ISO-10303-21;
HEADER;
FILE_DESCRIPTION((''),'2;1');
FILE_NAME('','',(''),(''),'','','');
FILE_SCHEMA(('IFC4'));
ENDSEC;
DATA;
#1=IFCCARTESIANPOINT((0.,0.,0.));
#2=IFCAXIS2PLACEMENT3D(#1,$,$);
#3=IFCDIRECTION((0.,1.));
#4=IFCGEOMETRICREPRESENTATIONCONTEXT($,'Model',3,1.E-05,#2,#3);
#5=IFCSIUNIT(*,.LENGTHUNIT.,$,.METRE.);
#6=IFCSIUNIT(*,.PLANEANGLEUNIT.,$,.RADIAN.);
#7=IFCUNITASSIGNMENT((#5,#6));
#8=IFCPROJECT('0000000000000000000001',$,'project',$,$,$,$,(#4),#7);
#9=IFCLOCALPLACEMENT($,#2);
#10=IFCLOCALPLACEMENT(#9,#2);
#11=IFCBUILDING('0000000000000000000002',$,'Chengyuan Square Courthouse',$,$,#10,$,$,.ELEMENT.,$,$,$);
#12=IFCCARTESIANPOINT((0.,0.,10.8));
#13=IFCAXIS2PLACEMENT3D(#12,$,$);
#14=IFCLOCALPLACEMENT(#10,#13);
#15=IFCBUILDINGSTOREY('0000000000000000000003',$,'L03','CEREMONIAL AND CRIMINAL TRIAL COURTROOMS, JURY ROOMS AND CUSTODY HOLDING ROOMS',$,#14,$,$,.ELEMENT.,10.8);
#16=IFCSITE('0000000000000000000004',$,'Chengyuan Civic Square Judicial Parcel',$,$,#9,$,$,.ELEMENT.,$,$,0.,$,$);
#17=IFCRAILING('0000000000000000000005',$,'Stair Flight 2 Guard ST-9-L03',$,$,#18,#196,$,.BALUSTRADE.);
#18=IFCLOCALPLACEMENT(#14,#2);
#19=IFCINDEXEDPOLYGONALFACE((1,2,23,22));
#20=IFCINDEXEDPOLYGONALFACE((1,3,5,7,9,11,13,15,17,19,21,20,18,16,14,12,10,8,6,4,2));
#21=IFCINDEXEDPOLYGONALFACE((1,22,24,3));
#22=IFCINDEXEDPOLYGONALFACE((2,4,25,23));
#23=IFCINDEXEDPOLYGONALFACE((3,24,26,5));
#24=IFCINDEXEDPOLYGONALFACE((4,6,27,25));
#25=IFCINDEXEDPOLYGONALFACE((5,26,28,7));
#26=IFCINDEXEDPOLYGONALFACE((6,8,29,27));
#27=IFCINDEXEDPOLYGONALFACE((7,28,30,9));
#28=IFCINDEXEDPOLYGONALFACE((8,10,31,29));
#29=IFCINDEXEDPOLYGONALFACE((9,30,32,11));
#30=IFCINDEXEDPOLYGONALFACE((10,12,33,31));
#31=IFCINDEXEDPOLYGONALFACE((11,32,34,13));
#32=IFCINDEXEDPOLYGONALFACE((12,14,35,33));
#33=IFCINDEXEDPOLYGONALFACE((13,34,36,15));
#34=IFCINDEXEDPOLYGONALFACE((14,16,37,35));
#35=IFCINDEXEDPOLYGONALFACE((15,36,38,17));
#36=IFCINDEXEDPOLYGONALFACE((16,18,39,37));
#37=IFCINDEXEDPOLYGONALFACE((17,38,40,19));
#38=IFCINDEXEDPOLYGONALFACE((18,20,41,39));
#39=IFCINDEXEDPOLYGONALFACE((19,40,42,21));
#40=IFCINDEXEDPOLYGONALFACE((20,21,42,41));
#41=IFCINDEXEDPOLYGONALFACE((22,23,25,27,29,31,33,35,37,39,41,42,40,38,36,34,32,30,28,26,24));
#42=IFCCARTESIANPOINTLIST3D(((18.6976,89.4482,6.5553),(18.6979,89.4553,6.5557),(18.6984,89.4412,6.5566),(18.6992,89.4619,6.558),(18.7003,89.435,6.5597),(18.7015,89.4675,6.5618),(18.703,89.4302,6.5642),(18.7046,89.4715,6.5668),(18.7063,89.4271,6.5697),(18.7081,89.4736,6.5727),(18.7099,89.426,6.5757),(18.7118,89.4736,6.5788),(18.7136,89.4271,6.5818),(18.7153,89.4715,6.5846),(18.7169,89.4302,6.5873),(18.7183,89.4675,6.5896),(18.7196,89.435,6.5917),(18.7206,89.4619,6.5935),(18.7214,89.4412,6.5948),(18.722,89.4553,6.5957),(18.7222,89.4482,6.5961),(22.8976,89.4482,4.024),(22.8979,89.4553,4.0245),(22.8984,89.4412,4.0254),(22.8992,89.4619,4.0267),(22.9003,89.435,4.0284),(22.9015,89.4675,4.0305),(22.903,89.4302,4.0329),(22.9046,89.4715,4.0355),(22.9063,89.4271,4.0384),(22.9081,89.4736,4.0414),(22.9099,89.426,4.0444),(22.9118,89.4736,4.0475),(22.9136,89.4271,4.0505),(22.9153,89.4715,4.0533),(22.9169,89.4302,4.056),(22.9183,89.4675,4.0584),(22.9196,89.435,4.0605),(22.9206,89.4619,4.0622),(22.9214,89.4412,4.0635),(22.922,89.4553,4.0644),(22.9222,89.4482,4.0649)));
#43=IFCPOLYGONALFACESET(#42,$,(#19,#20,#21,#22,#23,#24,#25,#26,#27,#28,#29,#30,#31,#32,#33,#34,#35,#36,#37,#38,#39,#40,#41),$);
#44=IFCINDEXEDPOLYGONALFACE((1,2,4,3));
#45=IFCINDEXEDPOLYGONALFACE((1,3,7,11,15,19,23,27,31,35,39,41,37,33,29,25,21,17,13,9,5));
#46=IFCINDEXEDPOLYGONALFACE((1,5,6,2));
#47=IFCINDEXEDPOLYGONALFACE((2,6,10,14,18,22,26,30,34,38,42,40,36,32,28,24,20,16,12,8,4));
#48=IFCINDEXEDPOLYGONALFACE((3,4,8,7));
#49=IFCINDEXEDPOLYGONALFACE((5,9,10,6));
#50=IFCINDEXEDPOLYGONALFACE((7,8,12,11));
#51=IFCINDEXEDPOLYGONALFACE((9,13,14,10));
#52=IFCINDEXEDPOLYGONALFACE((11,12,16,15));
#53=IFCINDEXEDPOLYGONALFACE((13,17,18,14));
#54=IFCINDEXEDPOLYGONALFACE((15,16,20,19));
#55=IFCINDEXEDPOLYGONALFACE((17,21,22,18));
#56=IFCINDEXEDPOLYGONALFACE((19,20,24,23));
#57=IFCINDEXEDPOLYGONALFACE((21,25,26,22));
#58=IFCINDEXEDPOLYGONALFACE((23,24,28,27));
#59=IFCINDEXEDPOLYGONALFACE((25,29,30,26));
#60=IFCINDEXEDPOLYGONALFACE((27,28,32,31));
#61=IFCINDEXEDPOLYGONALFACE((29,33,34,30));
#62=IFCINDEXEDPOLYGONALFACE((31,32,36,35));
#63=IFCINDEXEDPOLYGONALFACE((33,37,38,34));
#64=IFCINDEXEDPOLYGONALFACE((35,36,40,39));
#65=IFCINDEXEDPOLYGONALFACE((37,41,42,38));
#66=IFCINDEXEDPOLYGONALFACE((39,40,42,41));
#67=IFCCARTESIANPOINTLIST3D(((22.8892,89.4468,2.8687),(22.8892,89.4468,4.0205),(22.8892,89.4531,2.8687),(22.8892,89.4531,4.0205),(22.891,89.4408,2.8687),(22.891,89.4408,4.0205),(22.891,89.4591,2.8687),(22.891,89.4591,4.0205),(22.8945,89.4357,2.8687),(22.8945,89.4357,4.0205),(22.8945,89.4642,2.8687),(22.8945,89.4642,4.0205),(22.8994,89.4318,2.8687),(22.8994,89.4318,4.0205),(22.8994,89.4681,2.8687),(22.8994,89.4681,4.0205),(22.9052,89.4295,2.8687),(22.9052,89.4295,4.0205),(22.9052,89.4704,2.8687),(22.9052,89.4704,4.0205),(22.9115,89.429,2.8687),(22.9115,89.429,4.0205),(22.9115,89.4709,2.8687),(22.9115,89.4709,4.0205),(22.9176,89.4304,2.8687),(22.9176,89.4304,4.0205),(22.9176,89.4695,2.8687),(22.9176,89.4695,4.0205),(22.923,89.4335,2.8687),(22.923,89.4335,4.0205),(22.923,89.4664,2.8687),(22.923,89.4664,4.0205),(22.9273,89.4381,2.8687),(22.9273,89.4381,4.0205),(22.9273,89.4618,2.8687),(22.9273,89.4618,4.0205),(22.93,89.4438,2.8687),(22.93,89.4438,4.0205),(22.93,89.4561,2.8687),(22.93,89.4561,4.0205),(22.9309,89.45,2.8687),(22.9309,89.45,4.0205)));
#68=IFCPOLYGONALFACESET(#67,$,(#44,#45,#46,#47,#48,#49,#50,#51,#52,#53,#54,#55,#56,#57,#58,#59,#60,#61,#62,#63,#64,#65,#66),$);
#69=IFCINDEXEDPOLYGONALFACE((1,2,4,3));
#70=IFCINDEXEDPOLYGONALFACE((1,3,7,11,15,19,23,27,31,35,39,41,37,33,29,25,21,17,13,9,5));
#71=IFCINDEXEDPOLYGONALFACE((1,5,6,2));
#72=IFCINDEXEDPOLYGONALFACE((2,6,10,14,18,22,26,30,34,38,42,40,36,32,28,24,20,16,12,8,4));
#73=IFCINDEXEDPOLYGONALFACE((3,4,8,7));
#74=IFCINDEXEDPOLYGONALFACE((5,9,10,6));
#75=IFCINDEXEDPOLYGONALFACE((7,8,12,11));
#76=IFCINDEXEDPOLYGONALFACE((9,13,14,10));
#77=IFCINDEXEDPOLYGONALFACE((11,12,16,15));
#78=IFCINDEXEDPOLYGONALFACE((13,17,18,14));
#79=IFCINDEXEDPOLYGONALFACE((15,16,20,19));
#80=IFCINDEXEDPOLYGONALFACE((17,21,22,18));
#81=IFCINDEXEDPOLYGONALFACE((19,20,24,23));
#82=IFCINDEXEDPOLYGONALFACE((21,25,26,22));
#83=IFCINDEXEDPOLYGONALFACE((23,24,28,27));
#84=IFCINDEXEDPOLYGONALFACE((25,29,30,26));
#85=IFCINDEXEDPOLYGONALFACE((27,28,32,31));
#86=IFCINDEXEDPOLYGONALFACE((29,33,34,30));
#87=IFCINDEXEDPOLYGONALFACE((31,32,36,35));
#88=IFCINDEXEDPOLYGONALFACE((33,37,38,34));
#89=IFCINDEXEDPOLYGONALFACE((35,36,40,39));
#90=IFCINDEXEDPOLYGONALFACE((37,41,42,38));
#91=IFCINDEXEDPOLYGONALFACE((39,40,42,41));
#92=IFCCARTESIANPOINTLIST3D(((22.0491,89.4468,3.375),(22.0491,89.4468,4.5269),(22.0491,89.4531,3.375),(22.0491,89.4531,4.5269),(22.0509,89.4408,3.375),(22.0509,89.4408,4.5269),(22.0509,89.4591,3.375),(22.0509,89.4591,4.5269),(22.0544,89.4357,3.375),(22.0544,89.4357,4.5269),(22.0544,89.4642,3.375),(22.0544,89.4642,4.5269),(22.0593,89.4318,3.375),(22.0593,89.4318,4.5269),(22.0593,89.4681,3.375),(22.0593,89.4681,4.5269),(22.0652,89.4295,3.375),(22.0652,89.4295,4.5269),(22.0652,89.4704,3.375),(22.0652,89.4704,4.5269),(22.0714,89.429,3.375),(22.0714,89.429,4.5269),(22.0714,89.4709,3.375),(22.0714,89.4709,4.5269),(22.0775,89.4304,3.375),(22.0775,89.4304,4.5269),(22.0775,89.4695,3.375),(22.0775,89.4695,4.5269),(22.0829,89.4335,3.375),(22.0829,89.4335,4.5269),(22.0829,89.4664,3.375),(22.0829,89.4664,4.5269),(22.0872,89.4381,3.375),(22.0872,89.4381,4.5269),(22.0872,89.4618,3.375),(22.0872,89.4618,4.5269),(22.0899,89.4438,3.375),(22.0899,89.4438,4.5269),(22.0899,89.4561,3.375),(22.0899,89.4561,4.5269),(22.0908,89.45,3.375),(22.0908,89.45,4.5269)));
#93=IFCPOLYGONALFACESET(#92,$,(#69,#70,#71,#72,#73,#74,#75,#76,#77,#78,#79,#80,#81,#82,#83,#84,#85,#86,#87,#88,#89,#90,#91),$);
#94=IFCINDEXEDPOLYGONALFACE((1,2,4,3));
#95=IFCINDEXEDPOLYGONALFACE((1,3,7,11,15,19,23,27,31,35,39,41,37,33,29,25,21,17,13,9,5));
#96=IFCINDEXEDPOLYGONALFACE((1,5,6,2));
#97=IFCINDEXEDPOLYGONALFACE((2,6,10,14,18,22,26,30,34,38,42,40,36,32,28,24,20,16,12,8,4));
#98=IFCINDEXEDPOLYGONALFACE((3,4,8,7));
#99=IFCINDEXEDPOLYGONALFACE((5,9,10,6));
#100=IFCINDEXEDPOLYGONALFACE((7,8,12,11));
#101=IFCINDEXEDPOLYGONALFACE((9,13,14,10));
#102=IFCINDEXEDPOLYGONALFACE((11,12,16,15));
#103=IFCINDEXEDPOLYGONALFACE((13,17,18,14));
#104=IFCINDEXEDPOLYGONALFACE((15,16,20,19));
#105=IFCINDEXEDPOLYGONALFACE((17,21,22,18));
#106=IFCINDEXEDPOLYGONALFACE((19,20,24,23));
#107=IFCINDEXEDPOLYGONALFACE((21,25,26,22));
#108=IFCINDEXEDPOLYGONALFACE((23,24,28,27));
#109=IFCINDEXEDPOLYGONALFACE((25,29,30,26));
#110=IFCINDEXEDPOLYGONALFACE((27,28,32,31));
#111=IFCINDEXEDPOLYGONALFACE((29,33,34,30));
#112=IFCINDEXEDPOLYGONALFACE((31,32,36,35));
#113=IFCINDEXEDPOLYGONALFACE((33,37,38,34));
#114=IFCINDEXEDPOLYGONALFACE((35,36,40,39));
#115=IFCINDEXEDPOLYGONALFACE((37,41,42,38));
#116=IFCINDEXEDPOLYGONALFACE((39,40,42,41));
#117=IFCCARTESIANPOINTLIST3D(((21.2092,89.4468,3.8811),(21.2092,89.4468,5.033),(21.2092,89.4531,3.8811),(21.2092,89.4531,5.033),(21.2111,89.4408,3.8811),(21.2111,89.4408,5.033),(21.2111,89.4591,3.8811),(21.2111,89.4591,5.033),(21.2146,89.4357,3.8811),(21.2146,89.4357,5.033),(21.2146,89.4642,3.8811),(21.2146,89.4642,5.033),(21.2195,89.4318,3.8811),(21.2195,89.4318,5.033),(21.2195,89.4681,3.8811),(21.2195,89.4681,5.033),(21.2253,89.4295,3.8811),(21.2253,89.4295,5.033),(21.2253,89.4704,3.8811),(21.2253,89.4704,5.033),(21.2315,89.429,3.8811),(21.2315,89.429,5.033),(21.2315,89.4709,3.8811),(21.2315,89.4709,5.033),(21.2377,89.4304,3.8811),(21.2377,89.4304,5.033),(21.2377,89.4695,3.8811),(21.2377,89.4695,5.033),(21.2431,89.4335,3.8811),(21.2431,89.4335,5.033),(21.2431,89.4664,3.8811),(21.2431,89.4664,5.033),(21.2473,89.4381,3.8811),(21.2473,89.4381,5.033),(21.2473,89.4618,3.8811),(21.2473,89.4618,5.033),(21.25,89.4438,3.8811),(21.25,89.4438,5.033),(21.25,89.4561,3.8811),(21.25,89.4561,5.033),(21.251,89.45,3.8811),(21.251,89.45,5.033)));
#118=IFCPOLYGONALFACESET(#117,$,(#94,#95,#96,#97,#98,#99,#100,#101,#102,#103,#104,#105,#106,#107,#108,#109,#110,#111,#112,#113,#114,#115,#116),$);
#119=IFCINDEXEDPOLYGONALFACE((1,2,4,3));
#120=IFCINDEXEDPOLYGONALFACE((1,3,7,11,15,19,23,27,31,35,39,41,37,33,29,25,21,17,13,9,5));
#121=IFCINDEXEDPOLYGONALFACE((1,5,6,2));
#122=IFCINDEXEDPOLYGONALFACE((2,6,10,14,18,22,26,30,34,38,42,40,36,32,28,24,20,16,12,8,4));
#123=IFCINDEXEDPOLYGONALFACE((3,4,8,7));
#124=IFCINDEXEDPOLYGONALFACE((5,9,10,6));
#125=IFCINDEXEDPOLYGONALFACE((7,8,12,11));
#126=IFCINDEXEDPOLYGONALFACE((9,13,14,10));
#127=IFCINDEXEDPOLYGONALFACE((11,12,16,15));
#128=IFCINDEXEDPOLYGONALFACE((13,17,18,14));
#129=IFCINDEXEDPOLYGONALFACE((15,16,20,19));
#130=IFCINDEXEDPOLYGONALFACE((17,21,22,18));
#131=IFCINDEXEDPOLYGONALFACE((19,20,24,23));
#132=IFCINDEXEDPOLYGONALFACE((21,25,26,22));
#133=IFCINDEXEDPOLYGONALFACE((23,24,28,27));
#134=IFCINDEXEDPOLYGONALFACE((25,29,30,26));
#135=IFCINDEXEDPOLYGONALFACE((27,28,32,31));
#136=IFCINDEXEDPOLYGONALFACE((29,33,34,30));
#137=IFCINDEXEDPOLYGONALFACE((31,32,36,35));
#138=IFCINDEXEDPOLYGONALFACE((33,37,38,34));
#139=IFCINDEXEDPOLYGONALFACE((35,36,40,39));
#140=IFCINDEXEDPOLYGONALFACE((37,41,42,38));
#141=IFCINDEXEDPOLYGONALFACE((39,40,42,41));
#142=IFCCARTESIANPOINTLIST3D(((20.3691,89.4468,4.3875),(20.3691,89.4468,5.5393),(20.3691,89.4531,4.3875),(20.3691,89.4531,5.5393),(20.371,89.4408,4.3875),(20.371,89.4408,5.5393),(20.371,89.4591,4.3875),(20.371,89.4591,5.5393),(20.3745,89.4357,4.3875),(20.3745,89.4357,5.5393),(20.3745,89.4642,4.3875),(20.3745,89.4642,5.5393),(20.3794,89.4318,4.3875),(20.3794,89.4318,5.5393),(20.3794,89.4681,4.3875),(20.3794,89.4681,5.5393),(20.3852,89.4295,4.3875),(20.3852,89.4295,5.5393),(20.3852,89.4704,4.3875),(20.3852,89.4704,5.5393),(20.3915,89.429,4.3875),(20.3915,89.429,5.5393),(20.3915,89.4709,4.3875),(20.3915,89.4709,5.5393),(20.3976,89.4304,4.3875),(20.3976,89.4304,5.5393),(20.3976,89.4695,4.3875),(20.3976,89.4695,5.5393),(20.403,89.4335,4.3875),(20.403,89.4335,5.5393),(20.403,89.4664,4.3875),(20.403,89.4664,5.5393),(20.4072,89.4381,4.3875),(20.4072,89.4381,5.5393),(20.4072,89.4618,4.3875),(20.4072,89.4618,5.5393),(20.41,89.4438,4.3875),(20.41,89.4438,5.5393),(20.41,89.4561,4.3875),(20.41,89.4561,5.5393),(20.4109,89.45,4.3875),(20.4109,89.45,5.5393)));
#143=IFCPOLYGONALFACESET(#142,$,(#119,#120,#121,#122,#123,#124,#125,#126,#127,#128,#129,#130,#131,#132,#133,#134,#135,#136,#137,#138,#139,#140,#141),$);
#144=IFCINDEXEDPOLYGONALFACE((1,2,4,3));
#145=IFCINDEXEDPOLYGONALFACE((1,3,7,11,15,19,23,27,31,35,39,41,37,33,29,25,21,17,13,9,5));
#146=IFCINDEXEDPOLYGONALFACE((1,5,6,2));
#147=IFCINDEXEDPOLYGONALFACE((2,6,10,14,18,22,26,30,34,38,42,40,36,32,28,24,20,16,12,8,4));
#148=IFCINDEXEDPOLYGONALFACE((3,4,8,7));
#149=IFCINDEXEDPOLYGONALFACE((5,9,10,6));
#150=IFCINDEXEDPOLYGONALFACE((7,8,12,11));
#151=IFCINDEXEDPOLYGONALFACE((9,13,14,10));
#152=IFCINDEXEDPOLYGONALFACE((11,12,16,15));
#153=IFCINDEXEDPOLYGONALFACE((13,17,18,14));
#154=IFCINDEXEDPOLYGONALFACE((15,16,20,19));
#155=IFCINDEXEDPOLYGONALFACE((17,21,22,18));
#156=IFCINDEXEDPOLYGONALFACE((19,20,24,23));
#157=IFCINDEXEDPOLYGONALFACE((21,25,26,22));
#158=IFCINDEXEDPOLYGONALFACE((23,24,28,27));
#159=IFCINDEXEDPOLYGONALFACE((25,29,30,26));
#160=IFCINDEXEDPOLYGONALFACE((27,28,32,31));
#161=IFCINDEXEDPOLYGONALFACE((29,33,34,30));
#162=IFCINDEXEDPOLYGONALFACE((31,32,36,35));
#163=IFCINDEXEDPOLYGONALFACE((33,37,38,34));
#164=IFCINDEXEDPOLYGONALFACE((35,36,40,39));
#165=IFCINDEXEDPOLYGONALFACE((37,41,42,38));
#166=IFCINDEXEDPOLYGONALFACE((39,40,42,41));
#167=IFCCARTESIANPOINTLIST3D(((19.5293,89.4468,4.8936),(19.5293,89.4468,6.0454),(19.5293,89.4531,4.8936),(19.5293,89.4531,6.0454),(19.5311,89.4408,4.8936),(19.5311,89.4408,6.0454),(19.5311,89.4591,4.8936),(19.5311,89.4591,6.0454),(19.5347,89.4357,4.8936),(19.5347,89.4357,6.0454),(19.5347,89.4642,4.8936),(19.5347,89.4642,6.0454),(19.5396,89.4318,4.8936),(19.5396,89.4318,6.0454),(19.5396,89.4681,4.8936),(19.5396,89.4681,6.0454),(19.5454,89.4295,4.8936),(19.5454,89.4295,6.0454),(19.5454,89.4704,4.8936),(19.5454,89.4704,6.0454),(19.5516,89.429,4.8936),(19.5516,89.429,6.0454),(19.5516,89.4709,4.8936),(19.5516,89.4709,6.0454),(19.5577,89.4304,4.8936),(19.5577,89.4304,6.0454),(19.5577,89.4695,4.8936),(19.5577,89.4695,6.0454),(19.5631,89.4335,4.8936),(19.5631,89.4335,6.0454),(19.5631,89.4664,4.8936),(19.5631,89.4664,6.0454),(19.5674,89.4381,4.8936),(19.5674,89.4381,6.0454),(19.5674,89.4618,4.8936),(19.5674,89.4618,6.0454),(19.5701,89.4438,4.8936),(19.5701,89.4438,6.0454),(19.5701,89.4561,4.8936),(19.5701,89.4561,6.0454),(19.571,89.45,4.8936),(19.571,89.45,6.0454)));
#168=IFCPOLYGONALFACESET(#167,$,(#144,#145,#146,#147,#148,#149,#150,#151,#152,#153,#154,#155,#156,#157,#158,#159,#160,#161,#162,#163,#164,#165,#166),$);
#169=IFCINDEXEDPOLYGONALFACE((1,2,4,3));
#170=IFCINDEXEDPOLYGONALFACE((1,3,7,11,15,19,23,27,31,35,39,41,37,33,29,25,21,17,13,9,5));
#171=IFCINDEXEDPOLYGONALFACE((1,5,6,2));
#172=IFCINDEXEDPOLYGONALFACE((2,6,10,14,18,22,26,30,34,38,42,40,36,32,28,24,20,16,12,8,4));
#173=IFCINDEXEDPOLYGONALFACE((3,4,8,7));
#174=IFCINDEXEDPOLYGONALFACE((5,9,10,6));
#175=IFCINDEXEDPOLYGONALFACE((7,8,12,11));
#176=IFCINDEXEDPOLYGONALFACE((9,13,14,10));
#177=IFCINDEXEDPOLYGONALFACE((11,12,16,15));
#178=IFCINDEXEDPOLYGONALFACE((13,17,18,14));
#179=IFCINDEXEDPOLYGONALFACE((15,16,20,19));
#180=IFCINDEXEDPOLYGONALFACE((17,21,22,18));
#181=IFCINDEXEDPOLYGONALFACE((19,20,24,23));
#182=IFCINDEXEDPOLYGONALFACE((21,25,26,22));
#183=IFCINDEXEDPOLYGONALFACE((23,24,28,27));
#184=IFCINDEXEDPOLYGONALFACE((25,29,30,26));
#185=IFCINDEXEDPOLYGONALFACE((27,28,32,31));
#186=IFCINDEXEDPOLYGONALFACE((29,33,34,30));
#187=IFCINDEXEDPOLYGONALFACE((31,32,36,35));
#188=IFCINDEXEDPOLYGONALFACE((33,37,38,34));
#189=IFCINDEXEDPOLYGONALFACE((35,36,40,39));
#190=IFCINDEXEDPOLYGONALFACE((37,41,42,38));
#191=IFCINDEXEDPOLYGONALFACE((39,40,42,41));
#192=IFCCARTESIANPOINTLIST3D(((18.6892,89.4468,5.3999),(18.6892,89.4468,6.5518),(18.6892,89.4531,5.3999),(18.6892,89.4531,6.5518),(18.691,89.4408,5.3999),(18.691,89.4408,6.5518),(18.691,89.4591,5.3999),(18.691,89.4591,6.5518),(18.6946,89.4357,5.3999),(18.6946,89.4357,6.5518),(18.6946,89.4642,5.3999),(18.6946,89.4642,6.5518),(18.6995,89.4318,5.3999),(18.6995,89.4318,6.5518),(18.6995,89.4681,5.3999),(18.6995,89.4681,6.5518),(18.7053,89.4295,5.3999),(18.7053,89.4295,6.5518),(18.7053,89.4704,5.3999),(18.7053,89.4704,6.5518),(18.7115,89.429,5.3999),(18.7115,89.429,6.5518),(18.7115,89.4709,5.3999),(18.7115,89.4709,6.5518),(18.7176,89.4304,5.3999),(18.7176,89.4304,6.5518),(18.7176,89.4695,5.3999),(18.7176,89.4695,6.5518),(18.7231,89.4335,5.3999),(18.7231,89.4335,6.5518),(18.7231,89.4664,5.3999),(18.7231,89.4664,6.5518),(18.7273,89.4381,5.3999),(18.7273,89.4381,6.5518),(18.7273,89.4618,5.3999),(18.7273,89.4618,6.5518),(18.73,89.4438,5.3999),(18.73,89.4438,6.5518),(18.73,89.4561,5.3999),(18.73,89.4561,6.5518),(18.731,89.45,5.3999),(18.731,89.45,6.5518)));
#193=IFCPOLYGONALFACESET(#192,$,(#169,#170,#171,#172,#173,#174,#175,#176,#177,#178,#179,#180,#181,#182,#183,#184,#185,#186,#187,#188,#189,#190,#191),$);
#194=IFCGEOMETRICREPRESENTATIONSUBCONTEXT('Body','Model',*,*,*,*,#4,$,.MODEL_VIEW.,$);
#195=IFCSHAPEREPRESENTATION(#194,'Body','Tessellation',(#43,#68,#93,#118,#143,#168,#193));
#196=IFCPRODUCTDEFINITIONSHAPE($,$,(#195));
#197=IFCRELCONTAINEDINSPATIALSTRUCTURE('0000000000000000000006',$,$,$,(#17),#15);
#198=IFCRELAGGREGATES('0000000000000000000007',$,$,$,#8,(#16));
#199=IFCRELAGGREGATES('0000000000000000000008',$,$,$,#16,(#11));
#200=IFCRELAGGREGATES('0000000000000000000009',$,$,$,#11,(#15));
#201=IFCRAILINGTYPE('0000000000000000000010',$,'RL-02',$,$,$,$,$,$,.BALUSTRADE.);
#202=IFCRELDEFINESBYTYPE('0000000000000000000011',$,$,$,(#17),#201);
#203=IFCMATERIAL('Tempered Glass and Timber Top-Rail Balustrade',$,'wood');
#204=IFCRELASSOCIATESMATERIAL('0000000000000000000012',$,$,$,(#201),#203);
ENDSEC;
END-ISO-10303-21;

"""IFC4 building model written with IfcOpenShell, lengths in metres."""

from ifc_helpers import new_model, si_unit, direction, frame, origin, origin_2d, place, context, subcontext, project, spatial, circle, extrude, material, type_object, element, save


model = new_model("IFC4")

# Units and contexts
model_context = context("Model", 3, precision=1e-05, world=origin(), true_north=direction((0.0, 1.0)))
body_context = subcontext(model_context, "Body", "Model", "MODEL_VIEW")
ifc_project = project(units=[si_unit("LENGTHUNIT", "METRE"), si_unit("PLANEANGLEUNIT", "RADIAN")], contexts=[model_context])

# Site, building, storey
site_placement = place(None, origin())
site = spatial("IfcSite", under=ifc_project, at=site_placement, Name="Chengyuan Civic Square Judicial Parcel", CompositionType="ELEMENT", RefElevation=0.0)
building_placement = place(site_placement, origin())
building = spatial("IfcBuilding", under=site, at=building_placement, Name="Chengyuan Square Courthouse", CompositionType="ELEMENT")
storey_placement = place(building_placement, frame((0.0, 0.0, 10.8)))
storey = spatial("IfcBuildingStorey", under=building, at=storey_placement, Name="L03", Description="CEREMONIAL AND CRIMINAL TRIAL COURTROOMS, JURY ROOMS AND CUSTODY HOLDING ROOMS", CompositionType="ELEMENT", Elevation=10.8)

# Railing
ifc_material_1 = material(Name="Tempered Glass and Timber Top-Rail Balustrade", Category="wood")
railing_type_1 = type_object("IfcRailingType", Name="RL-02", PredefinedType="BALUSTRADE", material=ifc_material_1)
railing_1_placement = place(storey_placement, frame((22.9099, 89.45, 2.8687)))
element("IfcRailing", 1, at=railing_1_placement, inside=storey, type_object=railing_type_1, Name="Stair Flight 2 Guard ST-9-L03", PredefinedType="BALUSTRADE", context=body_context, shape_type="SweptSolid", body=[
    extrude(circle(Radius=0.0239, at=origin_2d()), frame((0.0, 0.0, 1.1758), z_axis=(-0.856476, 0.0, 0.516186), x_axis=(0.0, -1.0, 0.0)), (0.0, 0.0, 1.0), 4.9038),
    extrude(circle(Radius=0.021, at=origin_2d()), origin(), (0.0, 0.0, 1.0), 1.1519),
    extrude(circle(Radius=0.021, at=origin_2d()), frame((-0.8401, 0.0, 0.5063)), (0.0, 0.0, 1.0), 1.1519),
    extrude(circle(Radius=0.021, at=origin_2d()), frame((-1.6799, 0.0, 1.0125)), (0.0, 0.0, 1.0), 1.1519),
    extrude(circle(Radius=0.021, at=origin_2d()), frame((-2.52, 0.0, 1.5188)), (0.0, 0.0, 1.0), 1.1519),
    extrude(circle(Radius=0.021, at=origin_2d()), frame((-3.3599, 0.0, 2.0249)), (0.0, 0.0, 1.0), 1.1519),
    extrude(circle(Radius=0.021, at=origin_2d()), frame((-4.2, 0.0, 2.5312)), (0.0, 0.0, 1.0), 1.1519),
])

save(model, "model.ifc")
